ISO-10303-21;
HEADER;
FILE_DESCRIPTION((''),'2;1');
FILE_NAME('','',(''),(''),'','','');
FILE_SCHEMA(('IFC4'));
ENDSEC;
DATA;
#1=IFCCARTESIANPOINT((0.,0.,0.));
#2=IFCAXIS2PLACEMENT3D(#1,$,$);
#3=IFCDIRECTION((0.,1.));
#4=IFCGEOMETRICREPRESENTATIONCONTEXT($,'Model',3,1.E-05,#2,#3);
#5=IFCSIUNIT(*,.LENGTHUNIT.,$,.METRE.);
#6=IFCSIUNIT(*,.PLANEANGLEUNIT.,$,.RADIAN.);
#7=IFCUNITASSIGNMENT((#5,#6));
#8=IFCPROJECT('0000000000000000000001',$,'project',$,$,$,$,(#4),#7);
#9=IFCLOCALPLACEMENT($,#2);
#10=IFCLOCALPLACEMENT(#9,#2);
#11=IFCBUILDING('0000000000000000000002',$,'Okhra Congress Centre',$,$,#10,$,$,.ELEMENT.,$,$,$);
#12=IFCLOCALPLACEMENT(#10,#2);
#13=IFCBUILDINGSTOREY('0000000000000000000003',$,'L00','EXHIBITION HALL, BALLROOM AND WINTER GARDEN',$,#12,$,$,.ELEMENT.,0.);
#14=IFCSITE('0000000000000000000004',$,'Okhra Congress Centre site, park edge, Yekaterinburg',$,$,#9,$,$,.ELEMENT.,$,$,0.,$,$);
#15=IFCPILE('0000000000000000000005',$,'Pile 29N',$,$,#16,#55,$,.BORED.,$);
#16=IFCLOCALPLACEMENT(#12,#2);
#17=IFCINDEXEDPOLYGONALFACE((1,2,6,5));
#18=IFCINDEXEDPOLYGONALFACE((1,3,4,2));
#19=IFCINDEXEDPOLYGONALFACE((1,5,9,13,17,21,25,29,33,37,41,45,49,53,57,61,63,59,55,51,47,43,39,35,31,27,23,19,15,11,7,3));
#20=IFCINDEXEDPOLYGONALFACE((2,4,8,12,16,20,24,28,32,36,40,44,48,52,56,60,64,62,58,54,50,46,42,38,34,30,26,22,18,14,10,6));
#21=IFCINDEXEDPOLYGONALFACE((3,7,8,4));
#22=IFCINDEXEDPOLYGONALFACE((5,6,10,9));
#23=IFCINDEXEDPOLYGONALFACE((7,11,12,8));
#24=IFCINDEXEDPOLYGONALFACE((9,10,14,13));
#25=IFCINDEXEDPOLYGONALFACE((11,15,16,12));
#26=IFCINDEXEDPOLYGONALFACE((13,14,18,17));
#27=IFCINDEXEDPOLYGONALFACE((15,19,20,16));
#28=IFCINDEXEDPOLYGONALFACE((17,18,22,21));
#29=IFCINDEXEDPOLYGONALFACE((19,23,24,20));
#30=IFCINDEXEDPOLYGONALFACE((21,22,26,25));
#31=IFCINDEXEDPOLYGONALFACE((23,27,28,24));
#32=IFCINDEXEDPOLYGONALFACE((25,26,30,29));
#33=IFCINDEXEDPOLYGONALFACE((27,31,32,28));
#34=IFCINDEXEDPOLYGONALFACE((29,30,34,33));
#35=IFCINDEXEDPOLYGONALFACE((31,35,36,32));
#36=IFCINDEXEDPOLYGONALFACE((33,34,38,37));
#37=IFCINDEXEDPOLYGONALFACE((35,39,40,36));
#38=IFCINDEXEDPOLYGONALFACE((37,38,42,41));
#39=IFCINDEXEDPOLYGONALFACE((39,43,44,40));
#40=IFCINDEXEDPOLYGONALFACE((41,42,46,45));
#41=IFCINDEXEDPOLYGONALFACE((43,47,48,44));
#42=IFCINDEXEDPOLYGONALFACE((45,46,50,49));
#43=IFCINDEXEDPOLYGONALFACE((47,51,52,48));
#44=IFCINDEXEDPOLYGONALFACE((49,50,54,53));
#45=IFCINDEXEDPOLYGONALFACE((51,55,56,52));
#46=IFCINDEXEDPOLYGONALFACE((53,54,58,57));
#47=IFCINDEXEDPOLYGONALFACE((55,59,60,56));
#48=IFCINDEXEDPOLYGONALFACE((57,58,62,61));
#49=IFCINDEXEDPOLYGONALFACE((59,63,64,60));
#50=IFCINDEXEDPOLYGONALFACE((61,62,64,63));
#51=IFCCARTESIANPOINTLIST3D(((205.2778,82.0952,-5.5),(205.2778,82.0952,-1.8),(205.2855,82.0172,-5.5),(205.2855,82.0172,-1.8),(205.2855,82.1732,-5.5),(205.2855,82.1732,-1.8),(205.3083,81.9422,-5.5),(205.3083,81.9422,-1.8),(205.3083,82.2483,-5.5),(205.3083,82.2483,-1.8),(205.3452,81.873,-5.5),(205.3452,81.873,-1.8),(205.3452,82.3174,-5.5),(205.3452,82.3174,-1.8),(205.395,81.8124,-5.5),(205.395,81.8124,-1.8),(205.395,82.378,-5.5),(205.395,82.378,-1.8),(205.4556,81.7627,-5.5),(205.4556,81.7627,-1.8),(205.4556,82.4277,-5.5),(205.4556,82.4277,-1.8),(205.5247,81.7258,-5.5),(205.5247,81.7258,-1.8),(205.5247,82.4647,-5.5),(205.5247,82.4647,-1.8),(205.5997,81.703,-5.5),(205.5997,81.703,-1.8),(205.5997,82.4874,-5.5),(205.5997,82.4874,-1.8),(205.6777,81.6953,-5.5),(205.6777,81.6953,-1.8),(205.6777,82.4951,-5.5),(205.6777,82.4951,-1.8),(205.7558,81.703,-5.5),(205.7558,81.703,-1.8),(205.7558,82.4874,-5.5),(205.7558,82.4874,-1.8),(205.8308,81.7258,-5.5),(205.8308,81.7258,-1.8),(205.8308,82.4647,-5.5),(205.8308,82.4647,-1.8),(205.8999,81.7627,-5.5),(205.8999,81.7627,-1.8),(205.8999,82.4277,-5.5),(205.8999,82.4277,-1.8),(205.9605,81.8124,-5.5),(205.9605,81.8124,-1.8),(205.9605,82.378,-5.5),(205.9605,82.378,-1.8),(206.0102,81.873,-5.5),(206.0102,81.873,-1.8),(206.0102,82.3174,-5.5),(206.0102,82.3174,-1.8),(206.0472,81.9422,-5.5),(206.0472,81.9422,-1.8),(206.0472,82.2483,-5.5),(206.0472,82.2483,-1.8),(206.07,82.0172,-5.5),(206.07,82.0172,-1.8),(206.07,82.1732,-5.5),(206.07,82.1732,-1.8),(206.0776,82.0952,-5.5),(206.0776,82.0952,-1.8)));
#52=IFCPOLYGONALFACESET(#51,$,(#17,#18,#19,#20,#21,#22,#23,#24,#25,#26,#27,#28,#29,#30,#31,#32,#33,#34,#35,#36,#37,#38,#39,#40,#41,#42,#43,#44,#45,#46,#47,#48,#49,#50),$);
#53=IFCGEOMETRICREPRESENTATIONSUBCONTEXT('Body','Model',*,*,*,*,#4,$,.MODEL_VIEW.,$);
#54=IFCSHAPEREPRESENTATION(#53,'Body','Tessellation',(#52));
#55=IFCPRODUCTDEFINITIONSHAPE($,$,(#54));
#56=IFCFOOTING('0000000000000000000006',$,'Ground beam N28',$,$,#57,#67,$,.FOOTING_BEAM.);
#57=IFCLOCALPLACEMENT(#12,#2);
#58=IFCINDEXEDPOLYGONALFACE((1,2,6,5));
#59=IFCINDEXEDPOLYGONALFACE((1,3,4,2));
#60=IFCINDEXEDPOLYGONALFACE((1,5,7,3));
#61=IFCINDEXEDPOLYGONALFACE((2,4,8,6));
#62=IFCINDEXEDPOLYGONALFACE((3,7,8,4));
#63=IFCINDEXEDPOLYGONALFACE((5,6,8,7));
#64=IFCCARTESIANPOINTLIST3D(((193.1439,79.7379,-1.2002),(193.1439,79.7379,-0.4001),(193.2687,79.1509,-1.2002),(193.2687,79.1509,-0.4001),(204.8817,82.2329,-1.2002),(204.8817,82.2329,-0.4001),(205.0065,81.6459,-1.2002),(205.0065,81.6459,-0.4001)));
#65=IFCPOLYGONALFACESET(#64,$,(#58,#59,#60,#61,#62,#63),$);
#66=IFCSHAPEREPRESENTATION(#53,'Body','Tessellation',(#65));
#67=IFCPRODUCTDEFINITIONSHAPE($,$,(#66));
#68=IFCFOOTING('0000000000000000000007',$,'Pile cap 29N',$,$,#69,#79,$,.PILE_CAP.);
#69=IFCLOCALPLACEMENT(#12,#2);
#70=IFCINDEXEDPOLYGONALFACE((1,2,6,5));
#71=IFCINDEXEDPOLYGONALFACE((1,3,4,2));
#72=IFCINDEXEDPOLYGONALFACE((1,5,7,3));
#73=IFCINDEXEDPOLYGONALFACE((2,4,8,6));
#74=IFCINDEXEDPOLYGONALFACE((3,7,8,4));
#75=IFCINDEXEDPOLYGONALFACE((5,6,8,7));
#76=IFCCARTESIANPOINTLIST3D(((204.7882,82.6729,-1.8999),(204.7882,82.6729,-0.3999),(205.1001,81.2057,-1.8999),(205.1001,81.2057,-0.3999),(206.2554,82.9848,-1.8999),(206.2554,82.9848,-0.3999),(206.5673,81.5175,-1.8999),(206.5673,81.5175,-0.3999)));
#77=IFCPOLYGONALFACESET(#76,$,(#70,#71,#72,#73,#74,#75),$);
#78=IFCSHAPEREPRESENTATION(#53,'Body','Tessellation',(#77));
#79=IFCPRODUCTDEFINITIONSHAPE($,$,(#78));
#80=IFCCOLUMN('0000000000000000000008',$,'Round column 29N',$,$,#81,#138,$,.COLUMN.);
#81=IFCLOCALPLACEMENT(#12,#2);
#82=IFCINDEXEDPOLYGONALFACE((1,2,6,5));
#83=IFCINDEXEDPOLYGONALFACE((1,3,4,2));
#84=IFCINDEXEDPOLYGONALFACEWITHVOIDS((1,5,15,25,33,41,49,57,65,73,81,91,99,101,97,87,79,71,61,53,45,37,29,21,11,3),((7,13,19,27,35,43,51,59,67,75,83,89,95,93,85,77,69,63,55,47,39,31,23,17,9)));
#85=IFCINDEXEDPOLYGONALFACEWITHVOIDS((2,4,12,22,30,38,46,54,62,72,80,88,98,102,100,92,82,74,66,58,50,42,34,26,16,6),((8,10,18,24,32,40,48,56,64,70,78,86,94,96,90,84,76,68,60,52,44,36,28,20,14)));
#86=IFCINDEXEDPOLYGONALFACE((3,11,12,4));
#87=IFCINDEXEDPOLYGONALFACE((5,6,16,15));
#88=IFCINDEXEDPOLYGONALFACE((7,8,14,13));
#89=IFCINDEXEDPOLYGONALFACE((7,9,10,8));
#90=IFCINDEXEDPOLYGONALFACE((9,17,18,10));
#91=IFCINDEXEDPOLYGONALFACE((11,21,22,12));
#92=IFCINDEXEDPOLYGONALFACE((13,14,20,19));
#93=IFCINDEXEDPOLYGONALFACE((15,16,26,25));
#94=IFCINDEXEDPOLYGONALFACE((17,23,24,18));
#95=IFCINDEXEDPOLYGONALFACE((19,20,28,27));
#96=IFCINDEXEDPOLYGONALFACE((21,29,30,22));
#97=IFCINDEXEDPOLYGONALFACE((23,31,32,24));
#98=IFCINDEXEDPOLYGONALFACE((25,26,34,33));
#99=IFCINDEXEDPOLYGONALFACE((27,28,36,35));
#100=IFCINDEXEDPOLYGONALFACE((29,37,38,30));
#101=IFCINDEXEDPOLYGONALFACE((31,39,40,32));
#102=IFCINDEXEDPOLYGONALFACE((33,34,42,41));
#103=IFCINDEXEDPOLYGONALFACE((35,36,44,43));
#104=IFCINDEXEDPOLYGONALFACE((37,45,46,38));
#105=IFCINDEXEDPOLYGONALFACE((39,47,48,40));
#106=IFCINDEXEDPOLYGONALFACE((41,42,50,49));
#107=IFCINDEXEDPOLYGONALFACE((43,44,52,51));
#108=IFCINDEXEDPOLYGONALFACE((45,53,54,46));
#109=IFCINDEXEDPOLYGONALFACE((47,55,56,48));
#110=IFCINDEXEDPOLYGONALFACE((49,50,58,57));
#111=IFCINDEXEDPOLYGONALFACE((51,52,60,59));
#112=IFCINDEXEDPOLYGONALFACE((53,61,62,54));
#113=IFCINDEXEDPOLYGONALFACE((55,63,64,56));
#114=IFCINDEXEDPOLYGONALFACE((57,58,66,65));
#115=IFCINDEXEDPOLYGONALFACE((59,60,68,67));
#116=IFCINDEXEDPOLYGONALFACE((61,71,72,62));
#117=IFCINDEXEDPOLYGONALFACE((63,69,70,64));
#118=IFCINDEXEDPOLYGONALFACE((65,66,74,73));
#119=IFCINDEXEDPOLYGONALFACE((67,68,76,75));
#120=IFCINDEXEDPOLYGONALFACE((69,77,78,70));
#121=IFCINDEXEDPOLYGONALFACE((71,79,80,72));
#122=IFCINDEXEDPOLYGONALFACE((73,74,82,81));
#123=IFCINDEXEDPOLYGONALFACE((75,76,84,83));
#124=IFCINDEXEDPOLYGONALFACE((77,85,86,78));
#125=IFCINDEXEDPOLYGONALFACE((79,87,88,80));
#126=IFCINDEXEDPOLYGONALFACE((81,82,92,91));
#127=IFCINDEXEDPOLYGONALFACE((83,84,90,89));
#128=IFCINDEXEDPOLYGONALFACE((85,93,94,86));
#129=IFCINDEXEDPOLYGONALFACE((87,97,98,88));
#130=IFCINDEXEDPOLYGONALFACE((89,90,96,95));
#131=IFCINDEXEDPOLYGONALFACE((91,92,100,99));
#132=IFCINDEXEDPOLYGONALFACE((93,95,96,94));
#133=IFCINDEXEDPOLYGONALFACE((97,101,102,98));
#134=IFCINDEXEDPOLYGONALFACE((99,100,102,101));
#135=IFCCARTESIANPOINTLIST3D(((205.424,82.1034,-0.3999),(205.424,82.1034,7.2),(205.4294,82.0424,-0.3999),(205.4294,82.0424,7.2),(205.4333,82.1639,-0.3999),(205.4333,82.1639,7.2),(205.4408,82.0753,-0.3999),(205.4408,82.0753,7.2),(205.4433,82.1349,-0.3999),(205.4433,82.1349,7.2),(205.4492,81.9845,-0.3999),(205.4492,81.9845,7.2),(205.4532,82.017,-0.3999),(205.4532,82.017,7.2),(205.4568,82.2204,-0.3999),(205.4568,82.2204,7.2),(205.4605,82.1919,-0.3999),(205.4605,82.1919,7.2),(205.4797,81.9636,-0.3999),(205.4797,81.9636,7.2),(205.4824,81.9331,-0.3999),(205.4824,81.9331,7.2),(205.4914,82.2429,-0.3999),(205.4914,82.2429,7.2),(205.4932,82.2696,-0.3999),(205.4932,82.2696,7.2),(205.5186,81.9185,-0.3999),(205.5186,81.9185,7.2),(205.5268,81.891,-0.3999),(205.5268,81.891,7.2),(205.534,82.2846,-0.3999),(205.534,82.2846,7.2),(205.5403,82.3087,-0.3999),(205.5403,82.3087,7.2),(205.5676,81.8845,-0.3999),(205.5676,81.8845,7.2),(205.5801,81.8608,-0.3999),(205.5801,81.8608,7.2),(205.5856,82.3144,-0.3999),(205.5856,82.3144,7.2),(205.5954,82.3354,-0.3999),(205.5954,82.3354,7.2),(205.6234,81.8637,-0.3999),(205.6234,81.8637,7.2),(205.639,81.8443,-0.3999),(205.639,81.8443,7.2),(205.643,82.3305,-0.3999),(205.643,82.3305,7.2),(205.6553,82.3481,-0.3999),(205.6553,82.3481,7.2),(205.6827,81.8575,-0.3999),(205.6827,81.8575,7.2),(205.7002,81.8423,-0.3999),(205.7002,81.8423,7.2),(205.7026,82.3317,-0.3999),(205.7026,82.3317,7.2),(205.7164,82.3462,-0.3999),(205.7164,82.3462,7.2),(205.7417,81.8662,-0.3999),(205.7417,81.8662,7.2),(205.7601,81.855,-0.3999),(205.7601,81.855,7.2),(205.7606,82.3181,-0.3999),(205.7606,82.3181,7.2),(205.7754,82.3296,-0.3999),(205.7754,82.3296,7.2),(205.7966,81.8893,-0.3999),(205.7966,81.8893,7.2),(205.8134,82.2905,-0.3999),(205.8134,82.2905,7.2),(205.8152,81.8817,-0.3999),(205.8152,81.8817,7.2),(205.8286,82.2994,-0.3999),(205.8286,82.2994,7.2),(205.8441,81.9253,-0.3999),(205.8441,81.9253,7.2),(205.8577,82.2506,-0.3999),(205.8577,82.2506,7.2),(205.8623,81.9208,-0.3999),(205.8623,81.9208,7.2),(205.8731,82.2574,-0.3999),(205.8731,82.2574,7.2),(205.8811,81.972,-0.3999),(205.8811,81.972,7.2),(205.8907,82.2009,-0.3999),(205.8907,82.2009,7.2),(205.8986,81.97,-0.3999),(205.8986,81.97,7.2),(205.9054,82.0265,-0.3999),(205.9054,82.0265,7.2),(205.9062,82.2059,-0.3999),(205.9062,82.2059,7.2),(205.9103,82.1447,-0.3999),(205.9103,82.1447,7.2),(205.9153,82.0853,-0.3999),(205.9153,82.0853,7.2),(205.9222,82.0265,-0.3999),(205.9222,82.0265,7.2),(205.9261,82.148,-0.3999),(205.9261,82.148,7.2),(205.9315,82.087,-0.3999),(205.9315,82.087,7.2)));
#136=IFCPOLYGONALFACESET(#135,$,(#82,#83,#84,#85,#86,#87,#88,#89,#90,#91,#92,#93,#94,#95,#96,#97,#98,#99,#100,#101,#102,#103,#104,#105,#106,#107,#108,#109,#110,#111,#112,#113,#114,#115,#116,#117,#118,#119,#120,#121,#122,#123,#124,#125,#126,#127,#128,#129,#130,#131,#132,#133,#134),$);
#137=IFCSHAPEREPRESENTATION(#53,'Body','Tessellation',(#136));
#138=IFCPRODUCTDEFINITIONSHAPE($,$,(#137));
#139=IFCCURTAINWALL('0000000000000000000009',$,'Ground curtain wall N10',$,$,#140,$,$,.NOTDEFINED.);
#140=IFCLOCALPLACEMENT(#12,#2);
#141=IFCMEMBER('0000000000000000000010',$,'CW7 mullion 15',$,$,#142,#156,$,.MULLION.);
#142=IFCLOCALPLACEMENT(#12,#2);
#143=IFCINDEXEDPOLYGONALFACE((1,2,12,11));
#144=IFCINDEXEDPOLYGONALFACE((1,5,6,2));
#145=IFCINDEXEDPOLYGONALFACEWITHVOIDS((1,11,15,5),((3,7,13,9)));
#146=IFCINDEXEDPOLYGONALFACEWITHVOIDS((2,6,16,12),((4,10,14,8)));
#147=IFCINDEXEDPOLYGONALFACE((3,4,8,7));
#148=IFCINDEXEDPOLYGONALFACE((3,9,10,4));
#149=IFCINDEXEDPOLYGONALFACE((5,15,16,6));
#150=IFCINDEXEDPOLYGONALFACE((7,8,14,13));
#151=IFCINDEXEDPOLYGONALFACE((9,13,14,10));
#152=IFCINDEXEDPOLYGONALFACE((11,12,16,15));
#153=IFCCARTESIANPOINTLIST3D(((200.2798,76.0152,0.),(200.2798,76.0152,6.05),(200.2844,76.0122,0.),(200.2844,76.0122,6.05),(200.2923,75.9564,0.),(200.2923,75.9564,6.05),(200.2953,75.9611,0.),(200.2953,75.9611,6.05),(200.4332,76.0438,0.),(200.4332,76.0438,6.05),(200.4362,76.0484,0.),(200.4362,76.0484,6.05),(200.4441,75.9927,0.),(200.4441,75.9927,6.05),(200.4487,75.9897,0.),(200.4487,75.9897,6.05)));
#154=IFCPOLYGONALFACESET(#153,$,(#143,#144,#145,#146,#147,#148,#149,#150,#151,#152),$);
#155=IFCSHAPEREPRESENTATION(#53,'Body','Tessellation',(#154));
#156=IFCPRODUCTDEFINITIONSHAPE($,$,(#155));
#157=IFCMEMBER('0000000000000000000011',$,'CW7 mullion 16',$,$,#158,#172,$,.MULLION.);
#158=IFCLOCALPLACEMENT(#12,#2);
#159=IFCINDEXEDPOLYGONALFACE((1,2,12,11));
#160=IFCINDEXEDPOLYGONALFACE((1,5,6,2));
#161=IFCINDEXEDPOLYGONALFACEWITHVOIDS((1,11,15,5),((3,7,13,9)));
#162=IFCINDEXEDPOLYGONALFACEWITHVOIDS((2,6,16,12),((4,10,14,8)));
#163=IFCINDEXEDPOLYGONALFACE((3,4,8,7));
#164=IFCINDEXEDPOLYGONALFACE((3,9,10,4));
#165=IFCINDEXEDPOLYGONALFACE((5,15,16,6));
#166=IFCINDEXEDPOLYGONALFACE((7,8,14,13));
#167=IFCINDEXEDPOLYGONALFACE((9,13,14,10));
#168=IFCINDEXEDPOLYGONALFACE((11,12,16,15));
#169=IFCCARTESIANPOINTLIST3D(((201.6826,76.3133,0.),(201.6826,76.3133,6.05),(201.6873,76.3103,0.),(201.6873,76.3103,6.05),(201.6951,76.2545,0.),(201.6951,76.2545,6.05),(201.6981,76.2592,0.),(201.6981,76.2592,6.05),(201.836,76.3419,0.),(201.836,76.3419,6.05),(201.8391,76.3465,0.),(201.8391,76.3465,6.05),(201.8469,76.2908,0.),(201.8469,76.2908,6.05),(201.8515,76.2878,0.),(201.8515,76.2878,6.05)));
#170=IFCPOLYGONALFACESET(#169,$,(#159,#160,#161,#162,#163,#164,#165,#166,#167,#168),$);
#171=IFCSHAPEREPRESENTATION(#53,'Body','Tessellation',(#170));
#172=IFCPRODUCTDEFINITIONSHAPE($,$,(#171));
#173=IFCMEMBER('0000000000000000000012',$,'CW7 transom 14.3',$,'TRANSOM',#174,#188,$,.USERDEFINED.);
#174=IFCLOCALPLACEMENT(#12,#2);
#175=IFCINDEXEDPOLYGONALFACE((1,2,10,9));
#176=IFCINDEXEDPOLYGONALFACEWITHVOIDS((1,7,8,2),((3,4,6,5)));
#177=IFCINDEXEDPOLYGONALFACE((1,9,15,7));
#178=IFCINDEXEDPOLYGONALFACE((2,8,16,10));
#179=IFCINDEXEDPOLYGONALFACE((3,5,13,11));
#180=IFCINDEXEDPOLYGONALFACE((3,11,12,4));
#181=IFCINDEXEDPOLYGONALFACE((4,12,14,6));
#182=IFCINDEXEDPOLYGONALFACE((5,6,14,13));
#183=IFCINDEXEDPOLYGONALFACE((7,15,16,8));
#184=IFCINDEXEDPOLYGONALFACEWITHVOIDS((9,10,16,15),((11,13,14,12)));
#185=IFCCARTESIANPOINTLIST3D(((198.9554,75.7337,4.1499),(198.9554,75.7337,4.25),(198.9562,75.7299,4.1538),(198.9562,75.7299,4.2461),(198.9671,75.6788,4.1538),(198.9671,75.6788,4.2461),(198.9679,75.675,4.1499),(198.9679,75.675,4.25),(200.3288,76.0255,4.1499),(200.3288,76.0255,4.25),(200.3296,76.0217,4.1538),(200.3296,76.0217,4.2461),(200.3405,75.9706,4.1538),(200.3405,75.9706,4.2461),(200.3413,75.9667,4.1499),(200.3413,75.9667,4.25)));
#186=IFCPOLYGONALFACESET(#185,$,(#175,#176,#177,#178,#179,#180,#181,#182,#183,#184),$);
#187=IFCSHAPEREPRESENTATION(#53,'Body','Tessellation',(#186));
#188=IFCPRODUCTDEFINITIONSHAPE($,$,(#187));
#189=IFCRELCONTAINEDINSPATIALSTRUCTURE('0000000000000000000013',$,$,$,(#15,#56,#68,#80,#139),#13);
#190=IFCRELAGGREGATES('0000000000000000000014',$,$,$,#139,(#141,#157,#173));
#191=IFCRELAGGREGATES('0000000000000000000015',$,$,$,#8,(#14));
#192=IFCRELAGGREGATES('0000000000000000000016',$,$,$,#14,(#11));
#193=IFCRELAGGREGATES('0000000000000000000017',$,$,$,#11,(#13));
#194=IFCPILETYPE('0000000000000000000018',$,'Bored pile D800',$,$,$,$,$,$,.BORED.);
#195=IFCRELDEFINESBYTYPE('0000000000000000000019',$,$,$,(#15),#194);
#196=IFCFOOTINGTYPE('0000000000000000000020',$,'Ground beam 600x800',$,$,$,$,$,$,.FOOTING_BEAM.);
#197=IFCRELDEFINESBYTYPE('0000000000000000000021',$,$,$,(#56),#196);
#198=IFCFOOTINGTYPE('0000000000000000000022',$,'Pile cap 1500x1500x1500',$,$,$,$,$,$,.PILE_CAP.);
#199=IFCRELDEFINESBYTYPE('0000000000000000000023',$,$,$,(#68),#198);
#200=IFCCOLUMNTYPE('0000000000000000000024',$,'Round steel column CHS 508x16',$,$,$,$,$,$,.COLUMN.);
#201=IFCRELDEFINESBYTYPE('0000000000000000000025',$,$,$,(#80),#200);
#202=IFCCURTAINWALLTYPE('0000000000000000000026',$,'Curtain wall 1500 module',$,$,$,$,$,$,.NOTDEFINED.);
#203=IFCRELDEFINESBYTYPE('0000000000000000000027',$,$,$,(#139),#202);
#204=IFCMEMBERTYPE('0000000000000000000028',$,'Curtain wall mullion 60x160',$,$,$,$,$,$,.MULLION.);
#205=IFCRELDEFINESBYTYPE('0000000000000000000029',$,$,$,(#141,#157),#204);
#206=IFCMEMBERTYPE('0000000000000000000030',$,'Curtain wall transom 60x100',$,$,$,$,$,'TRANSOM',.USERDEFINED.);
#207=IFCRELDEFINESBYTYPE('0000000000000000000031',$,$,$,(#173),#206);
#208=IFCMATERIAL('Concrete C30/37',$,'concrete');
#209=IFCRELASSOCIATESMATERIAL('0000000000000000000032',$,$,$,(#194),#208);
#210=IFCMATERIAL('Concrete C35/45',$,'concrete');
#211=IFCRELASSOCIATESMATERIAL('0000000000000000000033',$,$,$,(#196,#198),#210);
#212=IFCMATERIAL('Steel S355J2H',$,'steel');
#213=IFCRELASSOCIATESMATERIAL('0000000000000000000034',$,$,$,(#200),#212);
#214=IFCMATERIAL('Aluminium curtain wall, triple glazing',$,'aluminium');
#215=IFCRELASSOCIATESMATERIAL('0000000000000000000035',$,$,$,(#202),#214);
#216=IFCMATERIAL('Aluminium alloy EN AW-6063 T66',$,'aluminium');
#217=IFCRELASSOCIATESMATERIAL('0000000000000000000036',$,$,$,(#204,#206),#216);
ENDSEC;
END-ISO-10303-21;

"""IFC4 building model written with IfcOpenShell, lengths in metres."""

from ifc_helpers import new_model, si_unit, direction, frame, origin, origin_2d, place, context, subcontext, project, spatial, rectangle, hollow_rectangle, circle, hollow_circle, extrude, material, material_profile, profile_set, type_object, element, aggregate, save


model = new_model("IFC4")

# Units and contexts
model_context = context("Model", 3, precision=1e-05, world=origin(), true_north=direction((0.0, 1.0)))
body_context = subcontext(model_context, "Body", "Model", "MODEL_VIEW")
ifc_project = project(units=[si_unit("LENGTHUNIT", "METRE"), si_unit("PLANEANGLEUNIT", "RADIAN")], contexts=[model_context])

# Site, building, storey
site_placement = place(None, origin())
site = spatial("IfcSite", under=ifc_project, at=site_placement, Name="Okhra Congress Centre site, park edge, Yekaterinburg", CompositionType="ELEMENT", RefElevation=0.0)
building_placement = place(site_placement, origin())
building = spatial("IfcBuilding", under=site, at=building_placement, Name="Okhra Congress Centre", CompositionType="ELEMENT")
storey_placement = place(building_placement, origin())
storey = spatial("IfcBuildingStorey", under=building, at=storey_placement, Name="L00", Description="EXHIBITION HALL, BALLROOM AND WINTER GARDEN", CompositionType="ELEMENT", Elevation=0.0)

# Pile
ifc_material_1 = material(Name="Concrete C30/37", Category="concrete")
ifc_material_profile_1 = material_profile(ifc_material_1, circle(Radius=0.3999, at=origin_2d()), Name="D800")
ifc_profile_set_1 = profile_set([ifc_material_profile_1], Name="Concrete C30/37")
pile_type = type_object("IfcPileType", Name="Bored pile D800", PredefinedType="BORED", material=ifc_profile_set_1)
pile_placement = place(storey_placement, frame((205.6777, 82.0952, -1.8), z_axis=(0.0, 0.0, -1.0), x_axis=(1.0, 0.0, 0.0)))
element("IfcPile", 1, at=pile_placement, inside=storey, type_object=pile_type, Name="Pile 29N", PredefinedType="BORED", context=body_context, shape_type="SweptSolid", body=[
    extrude(circle(Radius=0.3999, at=origin_2d()), origin(), (0.0, 0.0, 1.0), 3.7),
])

# Footings
ifc_material_2 = material(Name="Concrete C35/45", Category="concrete")
footing_type_1 = type_object("IfcFootingType", Name="Ground beam 600x800", PredefinedType="FOOTING_BEAM", material=ifc_material_2)
footing_1_placement = place(storey_placement, frame((199.0752, 80.6919, -1.2002), z_axis=(0.0, 0.0, 1.0), x_axis=(0.978148, 0.207912, 0.0)))
element("IfcFooting", 2, at=footing_1_placement, inside=storey, type_object=footing_type_1, Name="Ground beam N28", PredefinedType="FOOTING_BEAM", context=body_context, shape_type="SweptSolid", body=[
    extrude(rectangle(XDim=12.0, YDim=0.6001, at=origin_2d()), origin(), (0.0, 0.0, 1.0), 0.8),
])
footing_type_2 = type_object("IfcFootingType", Name="Pile cap 1500x1500x1500", PredefinedType="PILE_CAP", material=ifc_material_2)
footing_2_placement = place(storey_placement, frame((205.6777, 82.0952, -1.8999), z_axis=(0.0, 0.0, 1.0), x_axis=(0.978148, 0.207912, 0.0)))
element("IfcFooting", 3, at=footing_2_placement, inside=storey, type_object=footing_type_2, Name="Pile cap 29N", PredefinedType="PILE_CAP", context=body_context, shape_type="SweptSolid", body=[
    extrude(rectangle(XDim=1.5, YDim=1.5, at=origin_2d()), origin(), (0.0, 0.0, 1.0), 1.5),
])

# Column
ifc_material_3 = material(Name="Steel S355J2H", Category="steel")
ifc_material_profile_2 = material_profile(ifc_material_3, hollow_circle(Radius=0.2539, WallThickness=0.0161, at=origin_2d()), Name="CHS 508x16")
ifc_profile_set_2 = profile_set([ifc_material_profile_2], Name="Steel S355J2H")
column_type = type_object("IfcColumnType", Name="Round steel column CHS 508x16", PredefinedType="COLUMN", material=ifc_profile_set_2)
column_placement = place(storey_placement, frame((205.6777, 82.0952, -0.3999), z_axis=(0.0, 0.0, 1.0), x_axis=(0.978148, 0.207912, 0.0)))
element("IfcColumn", 4, at=column_placement, inside=storey, type_object=column_type, Name="Round column 29N", PredefinedType="COLUMN", context=body_context, shape_type="SweptSolid", body=[
    extrude(hollow_circle(Radius=0.2539, WallThickness=0.0161, at=origin_2d()), origin(), (0.0, 0.0, 1.0), 7.5999),
])

# Curtain wall, members
ifc_material_4 = material(Name="Aluminium curtain wall, triple glazing", Category="aluminium")
curtain_wall_type = type_object("IfcCurtainWallType", Name="Curtain wall 1500 module", PredefinedType="NOTDEFINED", material=ifc_material_4)
curtain_wall_placement = place(storey_placement, origin())
curtain_wall = element("IfcCurtainWall", 5, at=curtain_wall_placement, inside=storey, type_object=curtain_wall_type, Name="Ground curtain wall N10", PredefinedType="NOTDEFINED")
ifc_material_5 = material(Name="Aluminium alloy EN AW-6063 T66", Category="aluminium")
ifc_material_profile_3 = material_profile(ifc_material_5, hollow_rectangle(XDim=0.0601, YDim=0.1599, WallThickness=0.0039, at=origin_2d()), Name="RHS 60x160x4")
ifc_profile_set_3 = profile_set([ifc_material_profile_3], Name="Aluminium alloy EN AW-6063 T66")
member_type_1 = type_object("IfcMemberType", Name="Curtain wall mullion 60x160", PredefinedType="MULLION", material=ifc_profile_set_3)
member_1_placement = place(storey_placement, frame((200.3643, 76.0024, 0.0), z_axis=(0.0, 0.0, 1.0), x_axis=(-0.207912, 0.978148, 0.0)))
member_1 = element("IfcMember", 6, at=member_1_placement, type_object=member_type_1, Name="CW7 mullion 15", PredefinedType="MULLION", context=body_context, shape_type="SweptSolid", body=[
    extrude(hollow_rectangle(XDim=0.0601, YDim=0.1599, WallThickness=0.0039, at=origin_2d()), origin(), (0.0, 0.0, 1.0), 6.05),
])
member_2_placement = place(storey_placement, frame((201.7671, 76.3005, 0.0), z_axis=(0.0, 0.0, 1.0), x_axis=(-0.207912, 0.978148, 0.0)))
member_2 = element("IfcMember", 7, at=member_2_placement, type_object=member_type_1, Name="CW7 mullion 16", PredefinedType="MULLION", context=body_context, shape_type="SweptSolid", body=[
    extrude(hollow_rectangle(XDim=0.0601, YDim=0.1599, WallThickness=0.0039, at=origin_2d()), origin(), (0.0, 0.0, 1.0), 6.05),
])
ifc_material_profile_4 = material_profile(ifc_material_5, hollow_rectangle(XDim=0.0601, YDim=0.1001, WallThickness=0.0039, at=origin_2d()), Name="RHS 60x100x4")
ifc_profile_set_4 = profile_set([ifc_material_profile_4], Name="Aluminium alloy EN AW-6063 T66")
member_type_2 = type_object("IfcMemberType", Name="Curtain wall transom 60x100", ElementType="TRANSOM", PredefinedType="USERDEFINED", material=ifc_profile_set_4)
member_3_placement = place(storey_placement, frame((198.9617, 75.7043, 4.2), z_axis=(0.97817, 0.207807, 0.0), x_axis=(-0.207807, 0.97817, 0.0)))
member_3 = element("IfcMember", 8, at=member_3_placement, type_object=member_type_2, Name="CW7 transom 14.3", ObjectType="TRANSOM", PredefinedType="USERDEFINED", context=body_context, shape_type="SweptSolid", body=[
    extrude(hollow_rectangle(XDim=0.0601, YDim=0.1001, WallThickness=0.0039, at=origin_2d()), origin(), (0.0, 0.0, 1.0), 1.4041),
])
aggregate(curtain_wall, [member_1, member_2, member_3])

save(model, "model.ifc")
